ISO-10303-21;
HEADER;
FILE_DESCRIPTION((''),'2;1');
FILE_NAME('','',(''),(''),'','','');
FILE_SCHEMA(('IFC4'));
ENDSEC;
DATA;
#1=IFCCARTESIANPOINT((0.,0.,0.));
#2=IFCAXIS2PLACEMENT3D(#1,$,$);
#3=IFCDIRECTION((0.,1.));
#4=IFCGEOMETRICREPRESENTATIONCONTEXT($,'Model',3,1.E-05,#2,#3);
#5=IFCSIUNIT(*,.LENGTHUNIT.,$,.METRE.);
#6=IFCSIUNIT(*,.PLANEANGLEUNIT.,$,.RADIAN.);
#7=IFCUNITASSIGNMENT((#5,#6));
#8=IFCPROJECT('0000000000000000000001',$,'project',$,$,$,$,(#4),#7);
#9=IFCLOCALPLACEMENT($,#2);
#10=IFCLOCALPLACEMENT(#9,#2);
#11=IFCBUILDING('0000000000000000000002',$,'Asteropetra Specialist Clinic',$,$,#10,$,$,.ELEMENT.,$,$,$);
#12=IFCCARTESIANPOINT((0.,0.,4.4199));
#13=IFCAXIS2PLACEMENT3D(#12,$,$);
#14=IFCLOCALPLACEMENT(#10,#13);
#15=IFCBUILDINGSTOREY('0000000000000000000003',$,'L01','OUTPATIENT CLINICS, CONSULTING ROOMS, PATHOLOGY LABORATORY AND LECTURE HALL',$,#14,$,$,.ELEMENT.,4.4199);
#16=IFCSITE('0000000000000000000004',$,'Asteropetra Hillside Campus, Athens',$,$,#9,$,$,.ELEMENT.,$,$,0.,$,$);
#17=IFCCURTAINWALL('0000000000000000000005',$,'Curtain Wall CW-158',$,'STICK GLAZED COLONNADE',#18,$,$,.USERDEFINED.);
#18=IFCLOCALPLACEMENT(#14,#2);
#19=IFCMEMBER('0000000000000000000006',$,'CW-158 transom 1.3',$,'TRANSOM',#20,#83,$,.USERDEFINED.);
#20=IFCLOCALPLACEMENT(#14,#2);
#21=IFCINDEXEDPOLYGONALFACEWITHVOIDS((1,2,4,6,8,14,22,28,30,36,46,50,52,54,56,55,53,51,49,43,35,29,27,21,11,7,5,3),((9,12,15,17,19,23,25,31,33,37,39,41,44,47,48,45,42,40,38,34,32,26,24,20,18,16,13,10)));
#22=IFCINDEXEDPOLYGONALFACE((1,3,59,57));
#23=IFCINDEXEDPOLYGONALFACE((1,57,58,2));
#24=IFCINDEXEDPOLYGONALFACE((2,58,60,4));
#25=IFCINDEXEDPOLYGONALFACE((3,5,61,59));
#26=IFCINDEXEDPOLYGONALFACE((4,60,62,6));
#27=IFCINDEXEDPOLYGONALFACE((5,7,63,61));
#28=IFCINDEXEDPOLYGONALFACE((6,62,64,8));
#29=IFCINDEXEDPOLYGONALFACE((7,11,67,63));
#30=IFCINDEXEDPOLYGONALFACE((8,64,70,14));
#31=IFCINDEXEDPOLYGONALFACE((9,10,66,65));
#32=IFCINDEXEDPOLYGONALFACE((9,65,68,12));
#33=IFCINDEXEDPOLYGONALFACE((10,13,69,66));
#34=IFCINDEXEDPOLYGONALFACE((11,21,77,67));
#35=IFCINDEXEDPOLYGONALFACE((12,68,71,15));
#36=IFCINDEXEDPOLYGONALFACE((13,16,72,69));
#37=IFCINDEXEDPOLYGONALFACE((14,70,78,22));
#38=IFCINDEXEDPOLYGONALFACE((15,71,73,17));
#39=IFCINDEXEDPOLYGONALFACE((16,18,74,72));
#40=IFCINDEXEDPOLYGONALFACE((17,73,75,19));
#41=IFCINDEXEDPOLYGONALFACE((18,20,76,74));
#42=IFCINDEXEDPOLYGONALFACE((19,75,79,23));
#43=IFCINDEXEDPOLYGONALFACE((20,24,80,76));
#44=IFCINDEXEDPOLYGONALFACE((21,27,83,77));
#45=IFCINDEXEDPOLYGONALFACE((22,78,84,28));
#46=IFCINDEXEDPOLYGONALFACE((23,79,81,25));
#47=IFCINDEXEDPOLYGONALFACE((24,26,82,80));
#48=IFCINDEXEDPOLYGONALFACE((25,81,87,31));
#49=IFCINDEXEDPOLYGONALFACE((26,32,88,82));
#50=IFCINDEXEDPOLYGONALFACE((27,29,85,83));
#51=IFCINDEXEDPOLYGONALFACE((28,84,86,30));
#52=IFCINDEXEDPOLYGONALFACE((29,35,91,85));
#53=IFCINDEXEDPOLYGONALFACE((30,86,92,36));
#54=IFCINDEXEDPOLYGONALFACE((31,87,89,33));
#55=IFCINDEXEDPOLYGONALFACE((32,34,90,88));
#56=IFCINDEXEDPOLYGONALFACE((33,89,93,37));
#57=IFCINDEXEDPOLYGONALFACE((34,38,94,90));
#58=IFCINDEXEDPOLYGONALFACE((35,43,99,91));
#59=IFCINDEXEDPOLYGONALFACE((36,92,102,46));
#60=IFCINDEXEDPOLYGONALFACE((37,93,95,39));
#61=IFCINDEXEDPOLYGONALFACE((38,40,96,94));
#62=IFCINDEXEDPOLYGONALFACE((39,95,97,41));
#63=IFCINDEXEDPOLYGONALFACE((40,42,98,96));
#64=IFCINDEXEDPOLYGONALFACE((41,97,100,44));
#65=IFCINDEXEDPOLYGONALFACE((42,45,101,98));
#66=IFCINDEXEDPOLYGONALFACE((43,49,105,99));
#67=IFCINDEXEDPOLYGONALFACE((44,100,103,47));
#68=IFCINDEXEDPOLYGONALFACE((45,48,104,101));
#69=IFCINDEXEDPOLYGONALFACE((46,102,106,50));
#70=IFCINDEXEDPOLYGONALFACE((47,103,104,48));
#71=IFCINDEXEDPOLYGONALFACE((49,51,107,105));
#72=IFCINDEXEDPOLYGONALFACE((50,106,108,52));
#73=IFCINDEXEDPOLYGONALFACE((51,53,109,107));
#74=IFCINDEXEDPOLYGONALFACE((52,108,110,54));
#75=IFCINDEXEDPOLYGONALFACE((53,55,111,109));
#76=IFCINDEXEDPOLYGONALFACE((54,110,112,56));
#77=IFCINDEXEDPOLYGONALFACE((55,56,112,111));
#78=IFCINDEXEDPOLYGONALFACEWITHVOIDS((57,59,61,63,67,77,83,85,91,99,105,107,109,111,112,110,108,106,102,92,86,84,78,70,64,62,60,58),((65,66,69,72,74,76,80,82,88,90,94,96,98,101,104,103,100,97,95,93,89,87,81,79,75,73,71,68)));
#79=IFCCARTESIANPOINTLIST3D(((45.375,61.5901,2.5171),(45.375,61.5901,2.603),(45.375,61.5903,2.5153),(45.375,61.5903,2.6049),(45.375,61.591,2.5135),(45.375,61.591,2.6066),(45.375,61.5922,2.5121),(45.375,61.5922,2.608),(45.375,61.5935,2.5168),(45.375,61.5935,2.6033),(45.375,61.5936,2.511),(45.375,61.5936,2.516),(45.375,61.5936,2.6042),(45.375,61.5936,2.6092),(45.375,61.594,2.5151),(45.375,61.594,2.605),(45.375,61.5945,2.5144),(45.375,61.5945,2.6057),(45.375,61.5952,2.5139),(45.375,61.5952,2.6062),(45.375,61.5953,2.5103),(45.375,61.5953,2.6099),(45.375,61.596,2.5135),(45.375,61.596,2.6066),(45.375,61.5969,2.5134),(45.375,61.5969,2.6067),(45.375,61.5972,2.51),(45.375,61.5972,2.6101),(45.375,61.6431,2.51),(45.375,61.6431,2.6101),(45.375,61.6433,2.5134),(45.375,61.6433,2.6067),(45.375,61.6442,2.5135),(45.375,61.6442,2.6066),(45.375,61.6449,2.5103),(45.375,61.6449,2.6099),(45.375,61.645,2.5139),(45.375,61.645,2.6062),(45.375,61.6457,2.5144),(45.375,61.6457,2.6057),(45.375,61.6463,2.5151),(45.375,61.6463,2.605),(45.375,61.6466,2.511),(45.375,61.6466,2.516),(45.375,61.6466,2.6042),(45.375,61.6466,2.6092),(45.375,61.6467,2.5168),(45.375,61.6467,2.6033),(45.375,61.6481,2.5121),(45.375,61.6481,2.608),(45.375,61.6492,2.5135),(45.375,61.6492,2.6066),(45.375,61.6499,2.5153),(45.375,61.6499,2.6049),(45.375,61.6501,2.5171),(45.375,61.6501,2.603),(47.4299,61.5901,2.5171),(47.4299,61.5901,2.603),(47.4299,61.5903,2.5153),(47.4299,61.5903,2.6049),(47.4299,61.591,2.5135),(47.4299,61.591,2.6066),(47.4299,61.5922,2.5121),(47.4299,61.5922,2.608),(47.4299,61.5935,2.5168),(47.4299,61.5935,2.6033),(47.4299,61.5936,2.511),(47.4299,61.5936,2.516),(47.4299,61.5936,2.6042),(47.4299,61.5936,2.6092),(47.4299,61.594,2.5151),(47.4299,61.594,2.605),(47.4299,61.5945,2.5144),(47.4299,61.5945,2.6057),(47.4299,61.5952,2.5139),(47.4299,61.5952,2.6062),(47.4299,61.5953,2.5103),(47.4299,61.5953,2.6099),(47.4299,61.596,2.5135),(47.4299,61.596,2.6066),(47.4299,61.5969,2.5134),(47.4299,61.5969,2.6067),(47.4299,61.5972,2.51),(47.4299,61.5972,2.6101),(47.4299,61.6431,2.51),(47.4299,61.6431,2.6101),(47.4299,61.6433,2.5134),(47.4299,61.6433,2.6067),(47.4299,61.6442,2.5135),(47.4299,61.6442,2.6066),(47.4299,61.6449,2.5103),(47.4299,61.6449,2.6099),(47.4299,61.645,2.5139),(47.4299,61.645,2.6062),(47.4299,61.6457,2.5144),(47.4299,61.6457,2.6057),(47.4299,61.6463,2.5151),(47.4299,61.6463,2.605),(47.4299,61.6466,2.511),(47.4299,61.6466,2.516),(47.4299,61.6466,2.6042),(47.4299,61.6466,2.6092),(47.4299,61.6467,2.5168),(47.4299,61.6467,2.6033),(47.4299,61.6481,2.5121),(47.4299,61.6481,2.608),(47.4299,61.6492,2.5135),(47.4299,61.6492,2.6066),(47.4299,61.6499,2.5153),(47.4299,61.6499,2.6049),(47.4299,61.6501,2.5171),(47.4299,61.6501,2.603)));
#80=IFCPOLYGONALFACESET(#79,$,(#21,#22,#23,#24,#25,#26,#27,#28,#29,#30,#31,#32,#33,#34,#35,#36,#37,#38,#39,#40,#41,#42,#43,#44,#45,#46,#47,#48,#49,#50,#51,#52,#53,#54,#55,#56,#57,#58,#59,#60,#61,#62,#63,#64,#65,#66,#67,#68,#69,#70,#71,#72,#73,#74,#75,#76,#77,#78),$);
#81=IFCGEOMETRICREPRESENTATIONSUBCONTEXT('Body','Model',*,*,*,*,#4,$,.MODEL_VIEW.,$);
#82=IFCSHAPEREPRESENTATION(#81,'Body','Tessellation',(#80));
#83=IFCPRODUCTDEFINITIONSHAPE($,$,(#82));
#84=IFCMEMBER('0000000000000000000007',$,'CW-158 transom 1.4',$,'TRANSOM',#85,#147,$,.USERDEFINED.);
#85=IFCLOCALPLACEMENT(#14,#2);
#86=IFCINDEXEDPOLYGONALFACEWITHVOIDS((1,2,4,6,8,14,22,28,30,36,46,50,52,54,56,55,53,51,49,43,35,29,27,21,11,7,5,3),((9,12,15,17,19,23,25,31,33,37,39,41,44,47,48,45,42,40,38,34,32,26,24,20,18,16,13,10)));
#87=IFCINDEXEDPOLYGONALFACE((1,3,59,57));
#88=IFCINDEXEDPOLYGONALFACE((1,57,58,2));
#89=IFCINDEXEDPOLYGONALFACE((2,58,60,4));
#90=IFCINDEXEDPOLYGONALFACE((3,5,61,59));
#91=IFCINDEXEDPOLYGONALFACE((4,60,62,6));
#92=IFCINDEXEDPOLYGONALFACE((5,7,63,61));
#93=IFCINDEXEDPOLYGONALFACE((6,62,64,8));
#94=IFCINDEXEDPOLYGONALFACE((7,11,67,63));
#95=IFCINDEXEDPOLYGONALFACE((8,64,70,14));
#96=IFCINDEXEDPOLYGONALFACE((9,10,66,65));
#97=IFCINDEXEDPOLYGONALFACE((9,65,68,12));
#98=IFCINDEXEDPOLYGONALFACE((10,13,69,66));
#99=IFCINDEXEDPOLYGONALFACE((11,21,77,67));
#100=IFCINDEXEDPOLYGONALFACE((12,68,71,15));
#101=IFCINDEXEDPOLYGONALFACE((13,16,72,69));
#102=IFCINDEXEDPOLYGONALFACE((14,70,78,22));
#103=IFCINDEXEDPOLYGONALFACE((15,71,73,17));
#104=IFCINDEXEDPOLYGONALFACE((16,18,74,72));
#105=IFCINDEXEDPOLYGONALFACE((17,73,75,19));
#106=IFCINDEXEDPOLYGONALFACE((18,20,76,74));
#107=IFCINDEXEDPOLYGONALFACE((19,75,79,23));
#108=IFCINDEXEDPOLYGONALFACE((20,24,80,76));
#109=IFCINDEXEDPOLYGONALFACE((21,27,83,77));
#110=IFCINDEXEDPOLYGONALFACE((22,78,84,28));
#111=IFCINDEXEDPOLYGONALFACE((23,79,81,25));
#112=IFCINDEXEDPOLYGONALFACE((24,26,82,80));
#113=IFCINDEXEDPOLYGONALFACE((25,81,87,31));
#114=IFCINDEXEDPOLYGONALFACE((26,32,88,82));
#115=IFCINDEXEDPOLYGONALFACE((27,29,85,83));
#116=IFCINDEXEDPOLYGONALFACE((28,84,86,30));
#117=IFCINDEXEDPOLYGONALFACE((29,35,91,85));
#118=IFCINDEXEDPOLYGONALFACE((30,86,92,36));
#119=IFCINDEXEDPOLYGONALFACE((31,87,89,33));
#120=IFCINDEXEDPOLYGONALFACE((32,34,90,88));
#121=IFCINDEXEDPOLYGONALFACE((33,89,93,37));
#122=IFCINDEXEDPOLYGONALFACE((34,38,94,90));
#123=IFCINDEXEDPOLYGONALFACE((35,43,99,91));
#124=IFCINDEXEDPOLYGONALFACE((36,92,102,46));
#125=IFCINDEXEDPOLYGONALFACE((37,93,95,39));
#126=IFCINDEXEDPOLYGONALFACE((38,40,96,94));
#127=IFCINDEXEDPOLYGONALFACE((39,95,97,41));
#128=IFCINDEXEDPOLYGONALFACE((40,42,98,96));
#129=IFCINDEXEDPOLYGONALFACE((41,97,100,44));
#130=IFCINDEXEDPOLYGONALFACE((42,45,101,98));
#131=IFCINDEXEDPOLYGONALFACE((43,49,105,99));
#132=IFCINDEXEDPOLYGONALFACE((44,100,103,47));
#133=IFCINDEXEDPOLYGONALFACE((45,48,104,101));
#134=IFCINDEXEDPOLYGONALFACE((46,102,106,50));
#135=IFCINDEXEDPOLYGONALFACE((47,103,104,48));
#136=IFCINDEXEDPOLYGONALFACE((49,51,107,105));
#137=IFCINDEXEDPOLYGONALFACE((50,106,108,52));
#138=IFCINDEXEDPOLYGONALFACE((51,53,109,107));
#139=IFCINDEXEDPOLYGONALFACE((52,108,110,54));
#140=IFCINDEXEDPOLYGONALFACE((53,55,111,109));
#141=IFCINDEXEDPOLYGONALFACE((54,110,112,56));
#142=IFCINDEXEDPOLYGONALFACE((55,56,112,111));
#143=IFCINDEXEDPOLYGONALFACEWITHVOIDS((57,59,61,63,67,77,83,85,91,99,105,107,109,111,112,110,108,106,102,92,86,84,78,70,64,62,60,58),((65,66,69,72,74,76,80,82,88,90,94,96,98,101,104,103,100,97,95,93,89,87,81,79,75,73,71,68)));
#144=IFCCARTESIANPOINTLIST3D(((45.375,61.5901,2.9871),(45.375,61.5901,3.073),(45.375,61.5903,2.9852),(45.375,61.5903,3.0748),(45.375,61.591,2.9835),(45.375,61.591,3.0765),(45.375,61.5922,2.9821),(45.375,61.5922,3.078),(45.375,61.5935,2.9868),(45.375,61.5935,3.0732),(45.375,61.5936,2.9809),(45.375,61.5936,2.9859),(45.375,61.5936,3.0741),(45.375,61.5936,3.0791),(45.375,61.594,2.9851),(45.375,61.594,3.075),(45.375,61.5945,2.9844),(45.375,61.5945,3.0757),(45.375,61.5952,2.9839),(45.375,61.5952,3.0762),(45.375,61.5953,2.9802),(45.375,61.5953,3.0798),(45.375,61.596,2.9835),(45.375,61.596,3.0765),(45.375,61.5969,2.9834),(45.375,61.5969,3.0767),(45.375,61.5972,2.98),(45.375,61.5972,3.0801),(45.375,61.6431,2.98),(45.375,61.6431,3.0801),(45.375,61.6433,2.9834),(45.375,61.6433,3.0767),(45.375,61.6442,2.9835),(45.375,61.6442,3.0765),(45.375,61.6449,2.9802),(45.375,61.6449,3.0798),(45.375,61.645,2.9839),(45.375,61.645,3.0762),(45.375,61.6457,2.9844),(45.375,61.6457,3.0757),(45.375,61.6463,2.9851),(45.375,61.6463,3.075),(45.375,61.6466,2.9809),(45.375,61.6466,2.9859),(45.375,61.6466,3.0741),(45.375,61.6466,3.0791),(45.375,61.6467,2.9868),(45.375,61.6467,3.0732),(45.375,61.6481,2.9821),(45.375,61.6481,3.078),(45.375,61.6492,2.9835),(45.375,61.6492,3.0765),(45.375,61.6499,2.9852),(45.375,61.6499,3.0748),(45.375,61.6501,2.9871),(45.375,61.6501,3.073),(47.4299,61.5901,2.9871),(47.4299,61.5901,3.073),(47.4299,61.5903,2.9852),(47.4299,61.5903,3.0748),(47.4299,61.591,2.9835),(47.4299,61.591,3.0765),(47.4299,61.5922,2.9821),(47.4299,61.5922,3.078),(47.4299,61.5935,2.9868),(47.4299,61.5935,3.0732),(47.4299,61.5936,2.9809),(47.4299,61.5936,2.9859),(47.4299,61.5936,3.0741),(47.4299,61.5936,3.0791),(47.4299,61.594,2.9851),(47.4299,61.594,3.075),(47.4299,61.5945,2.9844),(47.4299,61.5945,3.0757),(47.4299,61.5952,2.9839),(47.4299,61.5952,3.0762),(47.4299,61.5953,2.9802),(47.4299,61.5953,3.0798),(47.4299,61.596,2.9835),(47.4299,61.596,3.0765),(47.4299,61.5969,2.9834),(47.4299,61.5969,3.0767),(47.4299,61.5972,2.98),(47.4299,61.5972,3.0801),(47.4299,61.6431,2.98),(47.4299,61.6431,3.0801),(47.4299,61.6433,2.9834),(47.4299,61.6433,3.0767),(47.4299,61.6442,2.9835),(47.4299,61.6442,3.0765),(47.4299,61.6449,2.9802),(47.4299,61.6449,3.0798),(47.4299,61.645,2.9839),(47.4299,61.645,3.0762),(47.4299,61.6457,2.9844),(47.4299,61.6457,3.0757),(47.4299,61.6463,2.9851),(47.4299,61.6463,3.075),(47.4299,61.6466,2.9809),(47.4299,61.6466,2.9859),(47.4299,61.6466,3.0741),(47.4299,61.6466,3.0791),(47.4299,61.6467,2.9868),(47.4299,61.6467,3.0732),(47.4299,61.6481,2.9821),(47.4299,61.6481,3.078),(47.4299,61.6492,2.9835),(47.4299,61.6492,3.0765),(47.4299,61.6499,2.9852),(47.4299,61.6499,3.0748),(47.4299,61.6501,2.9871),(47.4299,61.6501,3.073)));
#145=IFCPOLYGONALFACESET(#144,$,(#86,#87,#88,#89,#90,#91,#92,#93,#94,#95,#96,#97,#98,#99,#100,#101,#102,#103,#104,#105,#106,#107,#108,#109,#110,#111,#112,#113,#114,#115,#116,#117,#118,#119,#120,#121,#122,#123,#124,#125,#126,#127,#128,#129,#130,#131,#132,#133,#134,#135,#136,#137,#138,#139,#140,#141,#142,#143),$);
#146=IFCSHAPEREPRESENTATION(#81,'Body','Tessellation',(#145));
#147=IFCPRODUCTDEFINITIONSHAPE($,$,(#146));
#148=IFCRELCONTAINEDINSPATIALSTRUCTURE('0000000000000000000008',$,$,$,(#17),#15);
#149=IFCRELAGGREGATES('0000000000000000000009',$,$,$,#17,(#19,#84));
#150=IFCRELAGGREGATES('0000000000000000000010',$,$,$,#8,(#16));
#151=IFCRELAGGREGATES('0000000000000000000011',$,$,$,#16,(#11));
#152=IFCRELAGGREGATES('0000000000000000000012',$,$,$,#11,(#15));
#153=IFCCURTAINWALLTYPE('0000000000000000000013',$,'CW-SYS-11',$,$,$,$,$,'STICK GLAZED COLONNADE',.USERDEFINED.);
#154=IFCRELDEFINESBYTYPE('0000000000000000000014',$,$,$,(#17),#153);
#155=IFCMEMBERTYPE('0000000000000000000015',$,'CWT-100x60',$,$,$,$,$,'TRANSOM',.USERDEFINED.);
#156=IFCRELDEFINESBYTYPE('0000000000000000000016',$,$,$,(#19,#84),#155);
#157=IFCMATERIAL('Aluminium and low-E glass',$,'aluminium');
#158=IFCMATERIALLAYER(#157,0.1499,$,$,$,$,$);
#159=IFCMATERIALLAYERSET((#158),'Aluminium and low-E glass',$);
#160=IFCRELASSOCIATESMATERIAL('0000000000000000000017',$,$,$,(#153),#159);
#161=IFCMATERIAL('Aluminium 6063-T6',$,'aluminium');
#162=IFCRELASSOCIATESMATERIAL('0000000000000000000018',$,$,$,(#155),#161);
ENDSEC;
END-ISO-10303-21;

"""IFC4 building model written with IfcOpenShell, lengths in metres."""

from ifc_helpers import new_model, si_unit, direction, frame, origin, origin_2d, place, context, subcontext, project, spatial, hollow_rectangle, extrude, material, layer, layer_set, material_profile, profile_set, type_object, element, aggregate, save


model = new_model("IFC4")

# Units and contexts
model_context = context("Model", 3, precision=1e-05, world=origin(), true_north=direction((0.0, 1.0)))
body_context = subcontext(model_context, "Body", "Model", "MODEL_VIEW")
ifc_project = project(units=[si_unit("LENGTHUNIT", "METRE"), si_unit("PLANEANGLEUNIT", "RADIAN")], contexts=[model_context])

# Site, building, storey
site_placement = place(None, origin())
site = spatial("IfcSite", under=ifc_project, at=site_placement, Name="Asteropetra Hillside Campus, Athens", CompositionType="ELEMENT", RefElevation=0.0)
building_placement = place(site_placement, origin())
building = spatial("IfcBuilding", under=site, at=building_placement, Name="Asteropetra Specialist Clinic", CompositionType="ELEMENT")
storey_placement = place(building_placement, frame((0.0, 0.0, 4.4199)))
storey = spatial("IfcBuildingStorey", under=building, at=storey_placement, Name="L01", Description="OUTPATIENT CLINICS, CONSULTING ROOMS, PATHOLOGY LABORATORY AND LECTURE HALL", CompositionType="ELEMENT", Elevation=4.4199)

# Curtain wall
ifc_material_1 = material(Name="Aluminium and low-E glass", Category="aluminium")
ifc_layer_1 = layer(ifc_material_1, 0.1499)
ifc_layer_set_1 = layer_set([ifc_layer_1], Name="Aluminium and low-E glass")
curtain_wall_type_1 = type_object("IfcCurtainWallType", Name="CW-SYS-11", ElementType="STICK GLAZED COLONNADE", PredefinedType="USERDEFINED", material=ifc_layer_set_1)
curtain_wall_1_placement = place(storey_placement, origin())
curtain_wall_1 = element("IfcCurtainWall", 1, at=curtain_wall_1_placement, inside=storey, type_object=curtain_wall_type_1, Name="Curtain Wall CW-158", ObjectType="STICK GLAZED COLONNADE", PredefinedType="USERDEFINED")

# Members
ifc_material_2 = material(Name="Aluminium 6063-T6", Category="aluminium")
ifc_material_profile_1 = material_profile(ifc_material_2, hollow_rectangle(XDim=0.0601, YDim=0.1001, WallThickness=0.0034, InnerFilletRadius=0.0034, OuterFilletRadius=0.0071, at=origin_2d()), Name="TRN 100x60x3.5")
ifc_profile_set_1 = profile_set([ifc_material_profile_1], Name="Aluminium 6063-T6")
member_type_1 = type_object("IfcMemberType", Name="CWT-100x60", ElementType="TRANSOM", PredefinedType="USERDEFINED", material=ifc_profile_set_1)
member_1_placement = place(storey_placement, frame((47.4299, 61.6201, 2.5601), z_axis=(-1.0, 0.0, 0.0), x_axis=(0.0, -1.0, 0.0)))
member_1 = element("IfcMember", 2, at=member_1_placement, type_object=member_type_1, Name="CW-158 transom 1.3", ObjectType="TRANSOM", PredefinedType="USERDEFINED", context=body_context, shape_type="SweptSolid", body=[
    extrude(hollow_rectangle(XDim=0.0601, YDim=0.1001, WallThickness=0.0034, InnerFilletRadius=0.0034, OuterFilletRadius=0.0071, at=origin_2d()), origin(), (0.0, 0.0, 1.0), 2.0549),
])
member_2_placement = place(storey_placement, frame((47.4299, 61.6201, 3.03), z_axis=(-1.0, 0.0, 0.0), x_axis=(0.0, -1.0, 0.0)))
member_2 = element("IfcMember", 3, at=member_2_placement, type_object=member_type_1, Name="CW-158 transom 1.4", ObjectType="TRANSOM", PredefinedType="USERDEFINED", context=body_context, shape_type="SweptSolid", body=[
    extrude(hollow_rectangle(XDim=0.0601, YDim=0.1001, WallThickness=0.0034, InnerFilletRadius=0.0034, OuterFilletRadius=0.0071, at=origin_2d()), origin(), (0.0, 0.0, 1.0), 2.0549),
])
aggregate(curtain_wall_1, [member_1, member_2])

save(model, "model.ifc")
